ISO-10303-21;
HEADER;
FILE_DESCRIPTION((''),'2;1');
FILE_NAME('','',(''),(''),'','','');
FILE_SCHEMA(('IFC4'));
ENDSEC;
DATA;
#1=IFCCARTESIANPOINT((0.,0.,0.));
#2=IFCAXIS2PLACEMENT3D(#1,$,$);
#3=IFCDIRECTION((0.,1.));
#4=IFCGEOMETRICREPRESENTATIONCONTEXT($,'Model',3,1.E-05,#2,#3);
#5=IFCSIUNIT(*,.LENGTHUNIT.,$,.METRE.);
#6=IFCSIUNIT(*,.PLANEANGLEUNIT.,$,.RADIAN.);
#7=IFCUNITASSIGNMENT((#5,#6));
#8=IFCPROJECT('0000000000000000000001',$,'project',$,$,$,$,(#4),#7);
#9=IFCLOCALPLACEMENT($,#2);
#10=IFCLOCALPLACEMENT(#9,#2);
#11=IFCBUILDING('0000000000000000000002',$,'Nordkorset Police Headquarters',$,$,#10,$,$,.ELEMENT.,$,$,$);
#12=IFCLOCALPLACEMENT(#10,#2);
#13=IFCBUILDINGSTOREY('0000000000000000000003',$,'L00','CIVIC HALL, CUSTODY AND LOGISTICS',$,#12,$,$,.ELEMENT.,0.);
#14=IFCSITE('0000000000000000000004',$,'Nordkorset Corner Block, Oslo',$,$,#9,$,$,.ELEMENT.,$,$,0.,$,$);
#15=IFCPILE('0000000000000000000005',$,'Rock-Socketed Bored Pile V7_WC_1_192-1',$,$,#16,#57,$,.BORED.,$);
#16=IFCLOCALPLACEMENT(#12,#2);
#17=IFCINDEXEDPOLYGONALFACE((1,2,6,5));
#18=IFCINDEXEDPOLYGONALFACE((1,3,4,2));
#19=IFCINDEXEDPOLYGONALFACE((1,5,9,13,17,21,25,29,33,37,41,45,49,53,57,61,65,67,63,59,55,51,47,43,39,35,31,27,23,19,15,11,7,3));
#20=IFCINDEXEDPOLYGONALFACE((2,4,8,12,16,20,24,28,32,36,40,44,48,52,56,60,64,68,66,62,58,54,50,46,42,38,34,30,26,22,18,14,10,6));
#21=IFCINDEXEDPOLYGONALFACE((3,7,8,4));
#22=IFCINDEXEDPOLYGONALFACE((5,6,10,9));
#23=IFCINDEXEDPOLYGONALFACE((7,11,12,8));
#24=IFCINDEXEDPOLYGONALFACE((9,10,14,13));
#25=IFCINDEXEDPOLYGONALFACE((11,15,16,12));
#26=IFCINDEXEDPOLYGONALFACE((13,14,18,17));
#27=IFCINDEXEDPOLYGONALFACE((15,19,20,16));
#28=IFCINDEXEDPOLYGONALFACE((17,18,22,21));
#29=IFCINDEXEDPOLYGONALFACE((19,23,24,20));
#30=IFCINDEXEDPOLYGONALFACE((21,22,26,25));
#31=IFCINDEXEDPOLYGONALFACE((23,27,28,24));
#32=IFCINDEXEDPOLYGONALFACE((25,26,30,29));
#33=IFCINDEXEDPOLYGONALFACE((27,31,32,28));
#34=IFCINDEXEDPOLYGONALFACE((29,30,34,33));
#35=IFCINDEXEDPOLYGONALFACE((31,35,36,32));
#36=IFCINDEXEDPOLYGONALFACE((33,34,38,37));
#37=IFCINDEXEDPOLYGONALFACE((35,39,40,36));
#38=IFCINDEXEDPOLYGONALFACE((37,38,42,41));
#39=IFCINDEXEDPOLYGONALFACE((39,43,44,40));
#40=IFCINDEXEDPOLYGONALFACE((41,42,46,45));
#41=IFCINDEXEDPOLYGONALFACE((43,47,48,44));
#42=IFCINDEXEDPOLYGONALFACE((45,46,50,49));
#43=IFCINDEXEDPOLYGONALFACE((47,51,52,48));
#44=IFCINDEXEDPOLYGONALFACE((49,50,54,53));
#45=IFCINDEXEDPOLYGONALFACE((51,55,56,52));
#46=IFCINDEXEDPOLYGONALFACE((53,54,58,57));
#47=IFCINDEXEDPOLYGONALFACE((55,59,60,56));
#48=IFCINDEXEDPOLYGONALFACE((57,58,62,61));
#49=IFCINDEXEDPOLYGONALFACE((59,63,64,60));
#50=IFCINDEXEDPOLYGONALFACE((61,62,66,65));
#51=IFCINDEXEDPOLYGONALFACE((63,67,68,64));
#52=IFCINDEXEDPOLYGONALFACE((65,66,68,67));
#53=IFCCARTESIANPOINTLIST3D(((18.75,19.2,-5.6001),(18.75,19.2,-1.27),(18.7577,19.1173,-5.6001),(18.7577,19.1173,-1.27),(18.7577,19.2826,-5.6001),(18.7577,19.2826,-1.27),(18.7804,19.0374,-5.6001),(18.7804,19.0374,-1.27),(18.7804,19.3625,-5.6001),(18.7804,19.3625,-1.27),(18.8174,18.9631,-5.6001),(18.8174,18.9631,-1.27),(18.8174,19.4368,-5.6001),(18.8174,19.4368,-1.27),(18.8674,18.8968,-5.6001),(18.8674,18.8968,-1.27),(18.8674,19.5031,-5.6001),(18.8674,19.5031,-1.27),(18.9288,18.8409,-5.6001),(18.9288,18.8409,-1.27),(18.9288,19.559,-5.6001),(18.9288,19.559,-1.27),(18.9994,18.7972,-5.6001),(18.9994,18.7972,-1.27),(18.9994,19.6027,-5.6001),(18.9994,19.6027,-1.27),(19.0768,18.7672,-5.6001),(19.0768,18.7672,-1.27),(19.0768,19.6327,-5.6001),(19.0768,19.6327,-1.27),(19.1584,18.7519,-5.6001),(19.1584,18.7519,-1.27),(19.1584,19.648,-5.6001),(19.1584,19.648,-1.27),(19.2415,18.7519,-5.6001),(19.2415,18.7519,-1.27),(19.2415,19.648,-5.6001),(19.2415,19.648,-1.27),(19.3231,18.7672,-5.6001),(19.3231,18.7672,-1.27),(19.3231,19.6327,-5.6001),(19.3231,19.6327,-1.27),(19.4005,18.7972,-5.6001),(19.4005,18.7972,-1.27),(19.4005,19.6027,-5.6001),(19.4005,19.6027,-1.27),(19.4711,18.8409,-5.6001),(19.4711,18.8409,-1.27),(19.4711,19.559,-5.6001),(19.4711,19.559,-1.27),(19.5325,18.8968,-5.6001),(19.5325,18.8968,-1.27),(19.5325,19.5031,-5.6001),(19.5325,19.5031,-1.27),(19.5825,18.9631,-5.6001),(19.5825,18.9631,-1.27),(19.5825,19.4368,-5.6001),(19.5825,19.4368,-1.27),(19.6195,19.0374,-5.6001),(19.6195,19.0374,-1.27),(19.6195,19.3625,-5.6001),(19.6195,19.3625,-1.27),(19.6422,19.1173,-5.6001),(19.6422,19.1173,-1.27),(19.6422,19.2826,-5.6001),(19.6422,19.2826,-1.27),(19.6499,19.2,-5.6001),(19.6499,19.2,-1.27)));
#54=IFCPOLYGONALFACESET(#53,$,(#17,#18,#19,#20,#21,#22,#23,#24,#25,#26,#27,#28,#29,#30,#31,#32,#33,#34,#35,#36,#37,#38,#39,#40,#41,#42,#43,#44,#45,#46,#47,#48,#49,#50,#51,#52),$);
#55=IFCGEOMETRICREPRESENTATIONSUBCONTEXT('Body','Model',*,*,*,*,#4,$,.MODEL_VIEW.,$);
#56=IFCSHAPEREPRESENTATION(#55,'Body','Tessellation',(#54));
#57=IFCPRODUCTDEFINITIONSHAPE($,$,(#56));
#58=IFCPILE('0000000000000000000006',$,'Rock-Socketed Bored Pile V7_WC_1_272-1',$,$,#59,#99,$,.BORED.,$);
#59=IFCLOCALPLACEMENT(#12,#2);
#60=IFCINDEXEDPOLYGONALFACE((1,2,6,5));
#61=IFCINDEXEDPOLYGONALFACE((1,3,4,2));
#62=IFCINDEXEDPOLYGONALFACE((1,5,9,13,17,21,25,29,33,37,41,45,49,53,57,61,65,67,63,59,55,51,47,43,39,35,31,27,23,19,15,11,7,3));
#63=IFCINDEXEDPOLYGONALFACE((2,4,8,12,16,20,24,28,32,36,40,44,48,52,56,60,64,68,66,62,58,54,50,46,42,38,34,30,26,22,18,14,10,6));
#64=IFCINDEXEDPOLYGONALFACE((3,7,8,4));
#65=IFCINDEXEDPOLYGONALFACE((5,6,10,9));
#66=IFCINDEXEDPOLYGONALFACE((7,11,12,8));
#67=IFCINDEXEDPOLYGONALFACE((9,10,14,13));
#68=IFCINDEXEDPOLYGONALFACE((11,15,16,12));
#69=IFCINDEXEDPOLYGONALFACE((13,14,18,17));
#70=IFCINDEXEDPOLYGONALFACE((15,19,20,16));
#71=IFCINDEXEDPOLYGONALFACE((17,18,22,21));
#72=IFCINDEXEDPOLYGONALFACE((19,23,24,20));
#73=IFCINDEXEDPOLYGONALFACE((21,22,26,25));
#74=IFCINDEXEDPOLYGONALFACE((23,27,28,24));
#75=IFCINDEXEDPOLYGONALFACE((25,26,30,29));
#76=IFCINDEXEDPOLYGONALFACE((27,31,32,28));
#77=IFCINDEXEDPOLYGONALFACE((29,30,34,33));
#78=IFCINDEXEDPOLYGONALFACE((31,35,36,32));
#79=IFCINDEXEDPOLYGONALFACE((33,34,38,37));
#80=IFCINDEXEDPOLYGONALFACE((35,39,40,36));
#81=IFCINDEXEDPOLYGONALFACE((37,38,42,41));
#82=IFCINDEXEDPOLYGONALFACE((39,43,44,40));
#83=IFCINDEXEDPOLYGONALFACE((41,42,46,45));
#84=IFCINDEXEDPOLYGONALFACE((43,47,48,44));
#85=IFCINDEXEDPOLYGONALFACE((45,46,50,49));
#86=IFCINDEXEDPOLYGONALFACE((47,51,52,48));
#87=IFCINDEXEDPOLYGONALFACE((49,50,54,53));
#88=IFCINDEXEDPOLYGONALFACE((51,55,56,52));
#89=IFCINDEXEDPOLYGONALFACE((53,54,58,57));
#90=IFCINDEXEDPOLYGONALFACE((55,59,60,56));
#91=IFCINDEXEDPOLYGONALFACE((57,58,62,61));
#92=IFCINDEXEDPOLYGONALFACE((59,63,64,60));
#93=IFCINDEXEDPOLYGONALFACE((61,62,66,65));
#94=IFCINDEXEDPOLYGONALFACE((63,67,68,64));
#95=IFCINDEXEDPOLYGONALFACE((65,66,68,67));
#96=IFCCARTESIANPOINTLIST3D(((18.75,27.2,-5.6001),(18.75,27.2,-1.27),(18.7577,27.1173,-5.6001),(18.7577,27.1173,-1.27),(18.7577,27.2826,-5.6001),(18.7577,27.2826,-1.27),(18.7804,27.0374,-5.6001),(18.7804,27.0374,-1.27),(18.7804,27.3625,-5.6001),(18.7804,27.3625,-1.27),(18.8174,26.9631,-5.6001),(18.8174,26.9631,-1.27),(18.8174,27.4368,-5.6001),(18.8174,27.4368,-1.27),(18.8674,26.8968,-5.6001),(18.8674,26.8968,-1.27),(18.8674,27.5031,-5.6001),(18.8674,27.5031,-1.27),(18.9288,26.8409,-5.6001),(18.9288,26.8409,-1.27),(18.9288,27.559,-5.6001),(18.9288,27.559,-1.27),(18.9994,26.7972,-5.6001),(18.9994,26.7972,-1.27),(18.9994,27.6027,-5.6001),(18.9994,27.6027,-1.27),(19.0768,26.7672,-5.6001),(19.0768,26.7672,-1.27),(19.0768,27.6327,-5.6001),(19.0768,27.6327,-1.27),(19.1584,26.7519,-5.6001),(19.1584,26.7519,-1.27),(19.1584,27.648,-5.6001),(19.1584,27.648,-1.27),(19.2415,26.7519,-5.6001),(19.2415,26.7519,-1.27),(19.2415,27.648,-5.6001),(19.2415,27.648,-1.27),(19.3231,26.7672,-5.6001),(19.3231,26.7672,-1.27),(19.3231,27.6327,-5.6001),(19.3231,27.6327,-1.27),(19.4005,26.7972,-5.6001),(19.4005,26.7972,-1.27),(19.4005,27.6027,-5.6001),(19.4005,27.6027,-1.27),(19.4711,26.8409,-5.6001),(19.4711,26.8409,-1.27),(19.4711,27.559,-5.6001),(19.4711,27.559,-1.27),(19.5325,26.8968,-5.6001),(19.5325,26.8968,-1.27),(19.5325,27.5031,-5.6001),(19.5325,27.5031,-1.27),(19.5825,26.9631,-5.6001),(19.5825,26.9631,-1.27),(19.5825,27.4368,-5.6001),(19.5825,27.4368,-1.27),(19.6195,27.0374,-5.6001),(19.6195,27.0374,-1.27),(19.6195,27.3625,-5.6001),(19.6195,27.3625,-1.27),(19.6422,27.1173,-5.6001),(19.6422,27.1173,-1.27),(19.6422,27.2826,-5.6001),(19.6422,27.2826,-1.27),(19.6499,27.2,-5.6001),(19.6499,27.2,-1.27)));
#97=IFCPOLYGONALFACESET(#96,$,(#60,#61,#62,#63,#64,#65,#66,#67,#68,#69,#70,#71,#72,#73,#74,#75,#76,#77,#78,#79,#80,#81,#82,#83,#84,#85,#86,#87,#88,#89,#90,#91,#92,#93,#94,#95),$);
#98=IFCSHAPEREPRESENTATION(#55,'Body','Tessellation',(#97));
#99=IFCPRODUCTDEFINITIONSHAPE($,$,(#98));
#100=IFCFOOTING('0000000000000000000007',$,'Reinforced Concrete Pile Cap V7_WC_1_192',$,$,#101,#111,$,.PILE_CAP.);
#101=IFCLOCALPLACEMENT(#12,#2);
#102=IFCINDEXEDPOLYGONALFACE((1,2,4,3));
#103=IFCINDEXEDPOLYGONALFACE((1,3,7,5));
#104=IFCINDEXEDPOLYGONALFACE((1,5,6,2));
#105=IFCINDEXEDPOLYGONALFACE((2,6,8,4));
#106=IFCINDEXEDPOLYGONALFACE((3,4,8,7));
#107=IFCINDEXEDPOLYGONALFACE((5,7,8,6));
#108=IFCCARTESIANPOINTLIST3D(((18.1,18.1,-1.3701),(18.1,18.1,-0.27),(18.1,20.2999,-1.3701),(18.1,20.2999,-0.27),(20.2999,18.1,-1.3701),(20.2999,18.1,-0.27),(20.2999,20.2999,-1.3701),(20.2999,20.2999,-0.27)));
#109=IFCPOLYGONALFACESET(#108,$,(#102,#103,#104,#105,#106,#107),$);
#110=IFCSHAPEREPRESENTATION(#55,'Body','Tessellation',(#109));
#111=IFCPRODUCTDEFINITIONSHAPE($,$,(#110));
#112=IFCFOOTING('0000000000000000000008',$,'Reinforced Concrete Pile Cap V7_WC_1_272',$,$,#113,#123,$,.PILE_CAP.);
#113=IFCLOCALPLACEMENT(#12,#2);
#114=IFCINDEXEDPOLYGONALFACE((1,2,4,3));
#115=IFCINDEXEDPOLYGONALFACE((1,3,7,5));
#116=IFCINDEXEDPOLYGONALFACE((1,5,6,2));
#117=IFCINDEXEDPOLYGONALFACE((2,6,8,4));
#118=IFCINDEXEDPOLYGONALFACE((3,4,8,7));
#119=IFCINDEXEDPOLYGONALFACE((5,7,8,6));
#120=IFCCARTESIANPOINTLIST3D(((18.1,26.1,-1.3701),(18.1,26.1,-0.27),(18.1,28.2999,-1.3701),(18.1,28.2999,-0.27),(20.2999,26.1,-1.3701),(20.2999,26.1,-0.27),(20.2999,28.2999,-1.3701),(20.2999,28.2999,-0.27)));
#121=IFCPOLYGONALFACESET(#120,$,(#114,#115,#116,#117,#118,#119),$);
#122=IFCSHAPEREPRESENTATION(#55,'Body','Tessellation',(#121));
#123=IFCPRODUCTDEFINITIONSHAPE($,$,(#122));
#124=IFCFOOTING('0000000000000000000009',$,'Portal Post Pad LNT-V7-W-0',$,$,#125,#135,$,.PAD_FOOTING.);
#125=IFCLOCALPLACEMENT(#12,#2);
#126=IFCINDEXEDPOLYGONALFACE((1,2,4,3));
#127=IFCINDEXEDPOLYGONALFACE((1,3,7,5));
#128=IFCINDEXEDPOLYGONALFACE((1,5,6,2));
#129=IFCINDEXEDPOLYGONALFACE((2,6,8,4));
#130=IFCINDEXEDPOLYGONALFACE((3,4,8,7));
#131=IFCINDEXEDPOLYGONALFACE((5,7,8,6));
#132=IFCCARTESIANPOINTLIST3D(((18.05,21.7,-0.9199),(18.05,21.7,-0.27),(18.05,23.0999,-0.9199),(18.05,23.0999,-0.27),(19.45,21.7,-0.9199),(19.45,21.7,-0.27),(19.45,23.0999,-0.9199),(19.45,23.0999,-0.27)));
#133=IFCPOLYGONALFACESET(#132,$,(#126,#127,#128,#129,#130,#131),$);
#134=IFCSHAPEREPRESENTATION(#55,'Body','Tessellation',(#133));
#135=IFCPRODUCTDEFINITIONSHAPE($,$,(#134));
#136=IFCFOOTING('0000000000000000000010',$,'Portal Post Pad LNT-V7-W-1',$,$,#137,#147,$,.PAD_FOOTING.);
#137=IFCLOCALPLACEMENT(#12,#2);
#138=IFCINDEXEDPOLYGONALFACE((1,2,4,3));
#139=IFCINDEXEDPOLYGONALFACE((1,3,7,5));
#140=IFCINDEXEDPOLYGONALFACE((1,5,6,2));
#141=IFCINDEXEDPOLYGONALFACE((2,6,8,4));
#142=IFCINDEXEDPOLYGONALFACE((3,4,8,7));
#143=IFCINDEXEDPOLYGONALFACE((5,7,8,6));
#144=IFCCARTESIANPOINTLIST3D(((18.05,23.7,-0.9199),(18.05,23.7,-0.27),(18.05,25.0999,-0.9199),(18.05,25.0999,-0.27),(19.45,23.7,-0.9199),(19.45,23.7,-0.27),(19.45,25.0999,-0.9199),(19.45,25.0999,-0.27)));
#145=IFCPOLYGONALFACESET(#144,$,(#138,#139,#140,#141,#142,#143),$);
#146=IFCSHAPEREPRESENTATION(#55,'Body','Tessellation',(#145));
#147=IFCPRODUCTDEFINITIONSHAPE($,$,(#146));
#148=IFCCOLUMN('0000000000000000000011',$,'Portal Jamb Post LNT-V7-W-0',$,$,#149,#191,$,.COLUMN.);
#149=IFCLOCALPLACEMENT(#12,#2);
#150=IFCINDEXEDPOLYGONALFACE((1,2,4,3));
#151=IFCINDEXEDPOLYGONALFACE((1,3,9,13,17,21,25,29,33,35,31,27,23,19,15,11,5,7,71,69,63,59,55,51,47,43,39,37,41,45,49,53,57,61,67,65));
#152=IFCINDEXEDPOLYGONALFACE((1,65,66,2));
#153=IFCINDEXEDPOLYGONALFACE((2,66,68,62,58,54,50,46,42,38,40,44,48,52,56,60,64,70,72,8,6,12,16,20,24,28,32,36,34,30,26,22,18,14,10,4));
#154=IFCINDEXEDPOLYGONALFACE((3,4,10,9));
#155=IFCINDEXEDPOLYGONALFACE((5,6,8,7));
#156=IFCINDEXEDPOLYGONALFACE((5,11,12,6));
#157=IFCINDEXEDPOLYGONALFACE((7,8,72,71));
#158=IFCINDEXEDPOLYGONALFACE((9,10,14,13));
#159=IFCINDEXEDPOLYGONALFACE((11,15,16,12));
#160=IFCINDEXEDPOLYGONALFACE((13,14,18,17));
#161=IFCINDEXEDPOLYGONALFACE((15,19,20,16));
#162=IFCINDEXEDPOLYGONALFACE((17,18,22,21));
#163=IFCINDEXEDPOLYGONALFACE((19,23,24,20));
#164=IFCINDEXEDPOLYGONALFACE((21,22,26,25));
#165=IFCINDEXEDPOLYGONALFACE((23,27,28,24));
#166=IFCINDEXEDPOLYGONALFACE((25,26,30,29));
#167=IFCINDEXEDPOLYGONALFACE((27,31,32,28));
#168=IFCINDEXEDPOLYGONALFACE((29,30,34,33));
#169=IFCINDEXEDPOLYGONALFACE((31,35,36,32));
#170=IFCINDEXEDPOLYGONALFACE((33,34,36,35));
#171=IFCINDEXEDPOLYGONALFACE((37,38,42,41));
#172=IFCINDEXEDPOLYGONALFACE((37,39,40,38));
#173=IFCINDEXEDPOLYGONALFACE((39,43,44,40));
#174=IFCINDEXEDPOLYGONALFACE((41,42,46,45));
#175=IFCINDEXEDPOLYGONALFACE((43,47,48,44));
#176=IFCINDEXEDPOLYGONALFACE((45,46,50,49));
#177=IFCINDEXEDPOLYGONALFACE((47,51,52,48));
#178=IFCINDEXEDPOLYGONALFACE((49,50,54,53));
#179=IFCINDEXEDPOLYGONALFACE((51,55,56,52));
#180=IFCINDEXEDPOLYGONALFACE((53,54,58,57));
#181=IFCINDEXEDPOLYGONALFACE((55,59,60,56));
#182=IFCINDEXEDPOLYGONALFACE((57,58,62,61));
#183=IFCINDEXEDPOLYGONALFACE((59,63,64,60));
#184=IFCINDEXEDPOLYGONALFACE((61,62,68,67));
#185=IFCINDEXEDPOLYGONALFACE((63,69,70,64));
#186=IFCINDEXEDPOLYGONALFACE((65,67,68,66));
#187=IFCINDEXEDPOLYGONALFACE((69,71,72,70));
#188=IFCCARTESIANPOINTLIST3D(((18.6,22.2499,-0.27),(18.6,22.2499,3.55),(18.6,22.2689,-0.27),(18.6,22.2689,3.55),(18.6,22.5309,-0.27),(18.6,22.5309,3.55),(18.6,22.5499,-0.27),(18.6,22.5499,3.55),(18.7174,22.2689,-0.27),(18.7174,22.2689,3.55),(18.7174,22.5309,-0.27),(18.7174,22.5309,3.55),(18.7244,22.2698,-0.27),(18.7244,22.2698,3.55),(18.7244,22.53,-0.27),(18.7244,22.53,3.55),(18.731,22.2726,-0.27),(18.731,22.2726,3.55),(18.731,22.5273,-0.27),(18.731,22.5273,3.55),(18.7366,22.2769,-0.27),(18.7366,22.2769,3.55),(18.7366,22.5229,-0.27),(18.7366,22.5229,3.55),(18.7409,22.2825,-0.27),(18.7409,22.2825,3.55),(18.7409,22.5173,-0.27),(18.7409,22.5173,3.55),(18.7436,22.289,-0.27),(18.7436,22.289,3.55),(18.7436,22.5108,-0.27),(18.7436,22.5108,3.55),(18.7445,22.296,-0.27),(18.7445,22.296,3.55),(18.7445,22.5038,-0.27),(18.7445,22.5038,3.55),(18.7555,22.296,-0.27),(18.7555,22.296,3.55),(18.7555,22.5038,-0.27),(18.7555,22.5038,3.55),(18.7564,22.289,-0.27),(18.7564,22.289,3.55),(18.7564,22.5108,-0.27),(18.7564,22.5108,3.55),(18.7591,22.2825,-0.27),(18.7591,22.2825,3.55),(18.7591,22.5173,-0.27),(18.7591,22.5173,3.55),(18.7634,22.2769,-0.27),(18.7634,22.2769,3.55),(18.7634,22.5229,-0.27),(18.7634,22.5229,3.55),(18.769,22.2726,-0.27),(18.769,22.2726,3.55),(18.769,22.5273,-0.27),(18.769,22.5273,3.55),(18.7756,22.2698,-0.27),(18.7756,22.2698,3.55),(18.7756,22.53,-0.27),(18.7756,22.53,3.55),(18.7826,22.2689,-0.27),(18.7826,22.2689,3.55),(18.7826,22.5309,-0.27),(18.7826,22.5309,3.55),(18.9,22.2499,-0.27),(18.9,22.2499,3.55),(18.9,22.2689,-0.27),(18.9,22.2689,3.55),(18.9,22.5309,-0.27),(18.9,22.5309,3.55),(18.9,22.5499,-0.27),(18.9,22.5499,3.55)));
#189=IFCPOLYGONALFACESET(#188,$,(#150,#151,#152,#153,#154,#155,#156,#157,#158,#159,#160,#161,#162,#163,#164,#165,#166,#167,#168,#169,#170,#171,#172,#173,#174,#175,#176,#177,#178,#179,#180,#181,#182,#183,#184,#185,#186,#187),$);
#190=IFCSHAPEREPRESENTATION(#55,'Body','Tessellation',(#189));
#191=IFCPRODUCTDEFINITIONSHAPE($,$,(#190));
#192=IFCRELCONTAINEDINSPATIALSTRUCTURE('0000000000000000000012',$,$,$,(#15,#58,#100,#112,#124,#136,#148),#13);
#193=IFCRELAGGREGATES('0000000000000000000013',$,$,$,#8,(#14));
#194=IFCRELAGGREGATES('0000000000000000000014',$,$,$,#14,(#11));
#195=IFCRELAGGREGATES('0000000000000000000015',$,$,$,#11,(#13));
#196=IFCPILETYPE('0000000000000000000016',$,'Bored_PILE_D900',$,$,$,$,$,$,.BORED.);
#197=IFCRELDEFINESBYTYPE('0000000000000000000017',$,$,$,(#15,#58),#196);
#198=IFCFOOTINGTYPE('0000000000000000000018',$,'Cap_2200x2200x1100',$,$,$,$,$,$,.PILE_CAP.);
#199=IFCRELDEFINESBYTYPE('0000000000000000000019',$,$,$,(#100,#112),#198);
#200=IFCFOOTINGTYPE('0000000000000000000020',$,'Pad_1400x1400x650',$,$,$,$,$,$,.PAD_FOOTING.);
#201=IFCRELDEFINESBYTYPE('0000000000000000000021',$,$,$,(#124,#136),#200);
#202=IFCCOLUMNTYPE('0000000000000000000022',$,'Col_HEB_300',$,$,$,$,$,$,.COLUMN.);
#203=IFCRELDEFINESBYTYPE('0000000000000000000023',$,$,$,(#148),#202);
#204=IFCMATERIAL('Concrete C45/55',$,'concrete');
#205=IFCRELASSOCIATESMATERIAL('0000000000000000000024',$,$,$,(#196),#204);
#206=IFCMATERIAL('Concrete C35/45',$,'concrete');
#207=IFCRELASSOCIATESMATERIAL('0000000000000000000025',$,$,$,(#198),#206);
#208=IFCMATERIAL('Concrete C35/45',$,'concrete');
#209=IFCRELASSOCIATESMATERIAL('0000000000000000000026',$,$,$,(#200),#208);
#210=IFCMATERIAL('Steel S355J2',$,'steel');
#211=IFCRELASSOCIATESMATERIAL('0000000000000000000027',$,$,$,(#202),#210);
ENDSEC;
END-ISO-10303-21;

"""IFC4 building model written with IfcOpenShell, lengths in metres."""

from ifc_helpers import new_model, si_unit, direction, frame, origin, origin_2d, place, context, subcontext, project, spatial, rectangle, circle, i_section, extrude, material, material_profile, profile_set, type_object, element, save


model = new_model("IFC4")

# Units and contexts
model_context = context("Model", 3, precision=1e-05, world=origin(), true_north=direction((0.0, 1.0)))
body_context = subcontext(model_context, "Body", "Model", "MODEL_VIEW")
ifc_project = project(units=[si_unit("LENGTHUNIT", "METRE"), si_unit("PLANEANGLEUNIT", "RADIAN")], contexts=[model_context])

# Site, building, storey
site_placement = place(None, origin())
site = spatial("IfcSite", under=ifc_project, at=site_placement, Name="Nordkorset Corner Block, Oslo", CompositionType="ELEMENT", RefElevation=0.0)
building_placement = place(site_placement, origin())
building = spatial("IfcBuilding", under=site, at=building_placement, Name="Nordkorset Police Headquarters", CompositionType="ELEMENT")
storey_placement = place(building_placement, origin())
storey = spatial("IfcBuildingStorey", under=building, at=storey_placement, Name="L00", Description="CIVIC HALL, CUSTODY AND LOGISTICS", CompositionType="ELEMENT", Elevation=0.0)

# Piles
ifc_material_1 = material(Name="Concrete C45/55", Category="concrete")
ifc_material_profile_1 = material_profile(ifc_material_1, circle(Radius=0.45, at=origin_2d()), Name="PILE D900")
ifc_profile_set_1 = profile_set([ifc_material_profile_1], Name="Concrete C45/55")
pile_type = type_object("IfcPileType", Name="Bored_PILE_D900", PredefinedType="BORED", material=ifc_profile_set_1)
for number, where, z_axis, x_axis, name in (
    (1, (19.2, 19.2, -1.27), (0.0, 0.0, -1.0), (1.0, 0.0, 0.0), "Rock-Socketed Bored Pile V7_WC_1_192-1"),
    (2, (19.2, 27.2, -1.27), (0.0, 0.0, -1.0), (1.0, 0.0, 0.0), "Rock-Socketed Bored Pile V7_WC_1_272-1"),
):
    element("IfcPile", number, at=place(storey_placement, frame(where, z_axis=z_axis, x_axis=x_axis)), inside=storey, type_object=pile_type, Name=name, PredefinedType="BORED", context=body_context, shape_type="SweptSolid", body=[
        extrude(circle(Radius=0.45, at=origin_2d()), origin(), (0.0, 0.0, 1.0), 4.3301),
    ])

# Footings
ifc_material_2 = material(Name="Concrete C35/45", Category="concrete")
footing_type_1 = type_object("IfcFootingType", Name="Cap_2200x2200x1100", PredefinedType="PILE_CAP", material=ifc_material_2)
for number, where, z_axis, x_axis, name in (
    (3, (19.2, 19.2, -1.3701), (0.0, 0.0, 1.0), (1.0, 0.0, 0.0), "Reinforced Concrete Pile Cap V7_WC_1_192"),
    (4, (19.2, 27.2, -1.3701), (0.0, 0.0, 1.0), (1.0, 0.0, 0.0), "Reinforced Concrete Pile Cap V7_WC_1_272"),
):
    element("IfcFooting", number, at=place(storey_placement, frame(where, z_axis=z_axis, x_axis=x_axis)), inside=storey, type_object=footing_type_1, Name=name, PredefinedType="PILE_CAP", context=body_context, shape_type="SweptSolid", body=[
        extrude(rectangle(XDim=2.2, YDim=2.2, at=origin_2d()), origin(), (0.0, 0.0, 1.0), 1.1001),
    ])
ifc_material_3 = material(Name="Concrete C35/45", Category="concrete")
footing_type_2 = type_object("IfcFootingType", Name="Pad_1400x1400x650", PredefinedType="PAD_FOOTING", material=ifc_material_3)
for number, where, z_axis, x_axis, name in (
    (5, (18.75, 22.3999, -0.9199), (0.0, 0.0, 1.0), (1.0, 0.0, 0.0), "Portal Post Pad LNT-V7-W-0"),
    (6, (18.75, 24.3999, -0.9199), (0.0, 0.0, 1.0), (1.0, 0.0, 0.0), "Portal Post Pad LNT-V7-W-1"),
):
    element("IfcFooting", number, at=place(storey_placement, frame(where, z_axis=z_axis, x_axis=x_axis)), inside=storey, type_object=footing_type_2, Name=name, PredefinedType="PAD_FOOTING", context=body_context, shape_type="SweptSolid", body=[
        extrude(rectangle(XDim=1.3999, YDim=1.3999, at=origin_2d()), origin(), (0.0, 0.0, 1.0), 0.6499),
    ])

# Column
ifc_material_4 = material(Name="Steel S355J2", Category="steel")
ifc_material_profile_2 = material_profile(ifc_material_4, i_section(OverallWidth=0.3, OverallDepth=0.3, WebThickness=0.011, FlangeThickness=0.019, FilletRadius=0.0271, at=origin_2d()), Name="HEB 300")
ifc_profile_set_2 = profile_set([ifc_material_profile_2], Name="Steel S355J2")
column_type_1 = type_object("IfcColumnType", Name="Col_HEB_300", PredefinedType="COLUMN", material=ifc_profile_set_2)
for number, where, z_axis, x_axis, name in (
    (7, (18.75, 22.3999, -0.27), (0.0, 0.0, 1.0), (1.0, 0.0, 0.0), "Portal Jamb Post LNT-V7-W-0"),
):
    element("IfcColumn", number, at=place(storey_placement, frame(where, z_axis=z_axis, x_axis=x_axis)), inside=storey, type_object=column_type_1, Name=name, PredefinedType="COLUMN", context=body_context, shape_type="SweptSolid", body=[
        extrude(i_section(OverallWidth=0.3, OverallDepth=0.3, WebThickness=0.011, FlangeThickness=0.019, FilletRadius=0.0271, at=origin_2d()), origin(), (0.0, 0.0, 1.0), 3.8201),
    ])

save(model, "model.ifc")
